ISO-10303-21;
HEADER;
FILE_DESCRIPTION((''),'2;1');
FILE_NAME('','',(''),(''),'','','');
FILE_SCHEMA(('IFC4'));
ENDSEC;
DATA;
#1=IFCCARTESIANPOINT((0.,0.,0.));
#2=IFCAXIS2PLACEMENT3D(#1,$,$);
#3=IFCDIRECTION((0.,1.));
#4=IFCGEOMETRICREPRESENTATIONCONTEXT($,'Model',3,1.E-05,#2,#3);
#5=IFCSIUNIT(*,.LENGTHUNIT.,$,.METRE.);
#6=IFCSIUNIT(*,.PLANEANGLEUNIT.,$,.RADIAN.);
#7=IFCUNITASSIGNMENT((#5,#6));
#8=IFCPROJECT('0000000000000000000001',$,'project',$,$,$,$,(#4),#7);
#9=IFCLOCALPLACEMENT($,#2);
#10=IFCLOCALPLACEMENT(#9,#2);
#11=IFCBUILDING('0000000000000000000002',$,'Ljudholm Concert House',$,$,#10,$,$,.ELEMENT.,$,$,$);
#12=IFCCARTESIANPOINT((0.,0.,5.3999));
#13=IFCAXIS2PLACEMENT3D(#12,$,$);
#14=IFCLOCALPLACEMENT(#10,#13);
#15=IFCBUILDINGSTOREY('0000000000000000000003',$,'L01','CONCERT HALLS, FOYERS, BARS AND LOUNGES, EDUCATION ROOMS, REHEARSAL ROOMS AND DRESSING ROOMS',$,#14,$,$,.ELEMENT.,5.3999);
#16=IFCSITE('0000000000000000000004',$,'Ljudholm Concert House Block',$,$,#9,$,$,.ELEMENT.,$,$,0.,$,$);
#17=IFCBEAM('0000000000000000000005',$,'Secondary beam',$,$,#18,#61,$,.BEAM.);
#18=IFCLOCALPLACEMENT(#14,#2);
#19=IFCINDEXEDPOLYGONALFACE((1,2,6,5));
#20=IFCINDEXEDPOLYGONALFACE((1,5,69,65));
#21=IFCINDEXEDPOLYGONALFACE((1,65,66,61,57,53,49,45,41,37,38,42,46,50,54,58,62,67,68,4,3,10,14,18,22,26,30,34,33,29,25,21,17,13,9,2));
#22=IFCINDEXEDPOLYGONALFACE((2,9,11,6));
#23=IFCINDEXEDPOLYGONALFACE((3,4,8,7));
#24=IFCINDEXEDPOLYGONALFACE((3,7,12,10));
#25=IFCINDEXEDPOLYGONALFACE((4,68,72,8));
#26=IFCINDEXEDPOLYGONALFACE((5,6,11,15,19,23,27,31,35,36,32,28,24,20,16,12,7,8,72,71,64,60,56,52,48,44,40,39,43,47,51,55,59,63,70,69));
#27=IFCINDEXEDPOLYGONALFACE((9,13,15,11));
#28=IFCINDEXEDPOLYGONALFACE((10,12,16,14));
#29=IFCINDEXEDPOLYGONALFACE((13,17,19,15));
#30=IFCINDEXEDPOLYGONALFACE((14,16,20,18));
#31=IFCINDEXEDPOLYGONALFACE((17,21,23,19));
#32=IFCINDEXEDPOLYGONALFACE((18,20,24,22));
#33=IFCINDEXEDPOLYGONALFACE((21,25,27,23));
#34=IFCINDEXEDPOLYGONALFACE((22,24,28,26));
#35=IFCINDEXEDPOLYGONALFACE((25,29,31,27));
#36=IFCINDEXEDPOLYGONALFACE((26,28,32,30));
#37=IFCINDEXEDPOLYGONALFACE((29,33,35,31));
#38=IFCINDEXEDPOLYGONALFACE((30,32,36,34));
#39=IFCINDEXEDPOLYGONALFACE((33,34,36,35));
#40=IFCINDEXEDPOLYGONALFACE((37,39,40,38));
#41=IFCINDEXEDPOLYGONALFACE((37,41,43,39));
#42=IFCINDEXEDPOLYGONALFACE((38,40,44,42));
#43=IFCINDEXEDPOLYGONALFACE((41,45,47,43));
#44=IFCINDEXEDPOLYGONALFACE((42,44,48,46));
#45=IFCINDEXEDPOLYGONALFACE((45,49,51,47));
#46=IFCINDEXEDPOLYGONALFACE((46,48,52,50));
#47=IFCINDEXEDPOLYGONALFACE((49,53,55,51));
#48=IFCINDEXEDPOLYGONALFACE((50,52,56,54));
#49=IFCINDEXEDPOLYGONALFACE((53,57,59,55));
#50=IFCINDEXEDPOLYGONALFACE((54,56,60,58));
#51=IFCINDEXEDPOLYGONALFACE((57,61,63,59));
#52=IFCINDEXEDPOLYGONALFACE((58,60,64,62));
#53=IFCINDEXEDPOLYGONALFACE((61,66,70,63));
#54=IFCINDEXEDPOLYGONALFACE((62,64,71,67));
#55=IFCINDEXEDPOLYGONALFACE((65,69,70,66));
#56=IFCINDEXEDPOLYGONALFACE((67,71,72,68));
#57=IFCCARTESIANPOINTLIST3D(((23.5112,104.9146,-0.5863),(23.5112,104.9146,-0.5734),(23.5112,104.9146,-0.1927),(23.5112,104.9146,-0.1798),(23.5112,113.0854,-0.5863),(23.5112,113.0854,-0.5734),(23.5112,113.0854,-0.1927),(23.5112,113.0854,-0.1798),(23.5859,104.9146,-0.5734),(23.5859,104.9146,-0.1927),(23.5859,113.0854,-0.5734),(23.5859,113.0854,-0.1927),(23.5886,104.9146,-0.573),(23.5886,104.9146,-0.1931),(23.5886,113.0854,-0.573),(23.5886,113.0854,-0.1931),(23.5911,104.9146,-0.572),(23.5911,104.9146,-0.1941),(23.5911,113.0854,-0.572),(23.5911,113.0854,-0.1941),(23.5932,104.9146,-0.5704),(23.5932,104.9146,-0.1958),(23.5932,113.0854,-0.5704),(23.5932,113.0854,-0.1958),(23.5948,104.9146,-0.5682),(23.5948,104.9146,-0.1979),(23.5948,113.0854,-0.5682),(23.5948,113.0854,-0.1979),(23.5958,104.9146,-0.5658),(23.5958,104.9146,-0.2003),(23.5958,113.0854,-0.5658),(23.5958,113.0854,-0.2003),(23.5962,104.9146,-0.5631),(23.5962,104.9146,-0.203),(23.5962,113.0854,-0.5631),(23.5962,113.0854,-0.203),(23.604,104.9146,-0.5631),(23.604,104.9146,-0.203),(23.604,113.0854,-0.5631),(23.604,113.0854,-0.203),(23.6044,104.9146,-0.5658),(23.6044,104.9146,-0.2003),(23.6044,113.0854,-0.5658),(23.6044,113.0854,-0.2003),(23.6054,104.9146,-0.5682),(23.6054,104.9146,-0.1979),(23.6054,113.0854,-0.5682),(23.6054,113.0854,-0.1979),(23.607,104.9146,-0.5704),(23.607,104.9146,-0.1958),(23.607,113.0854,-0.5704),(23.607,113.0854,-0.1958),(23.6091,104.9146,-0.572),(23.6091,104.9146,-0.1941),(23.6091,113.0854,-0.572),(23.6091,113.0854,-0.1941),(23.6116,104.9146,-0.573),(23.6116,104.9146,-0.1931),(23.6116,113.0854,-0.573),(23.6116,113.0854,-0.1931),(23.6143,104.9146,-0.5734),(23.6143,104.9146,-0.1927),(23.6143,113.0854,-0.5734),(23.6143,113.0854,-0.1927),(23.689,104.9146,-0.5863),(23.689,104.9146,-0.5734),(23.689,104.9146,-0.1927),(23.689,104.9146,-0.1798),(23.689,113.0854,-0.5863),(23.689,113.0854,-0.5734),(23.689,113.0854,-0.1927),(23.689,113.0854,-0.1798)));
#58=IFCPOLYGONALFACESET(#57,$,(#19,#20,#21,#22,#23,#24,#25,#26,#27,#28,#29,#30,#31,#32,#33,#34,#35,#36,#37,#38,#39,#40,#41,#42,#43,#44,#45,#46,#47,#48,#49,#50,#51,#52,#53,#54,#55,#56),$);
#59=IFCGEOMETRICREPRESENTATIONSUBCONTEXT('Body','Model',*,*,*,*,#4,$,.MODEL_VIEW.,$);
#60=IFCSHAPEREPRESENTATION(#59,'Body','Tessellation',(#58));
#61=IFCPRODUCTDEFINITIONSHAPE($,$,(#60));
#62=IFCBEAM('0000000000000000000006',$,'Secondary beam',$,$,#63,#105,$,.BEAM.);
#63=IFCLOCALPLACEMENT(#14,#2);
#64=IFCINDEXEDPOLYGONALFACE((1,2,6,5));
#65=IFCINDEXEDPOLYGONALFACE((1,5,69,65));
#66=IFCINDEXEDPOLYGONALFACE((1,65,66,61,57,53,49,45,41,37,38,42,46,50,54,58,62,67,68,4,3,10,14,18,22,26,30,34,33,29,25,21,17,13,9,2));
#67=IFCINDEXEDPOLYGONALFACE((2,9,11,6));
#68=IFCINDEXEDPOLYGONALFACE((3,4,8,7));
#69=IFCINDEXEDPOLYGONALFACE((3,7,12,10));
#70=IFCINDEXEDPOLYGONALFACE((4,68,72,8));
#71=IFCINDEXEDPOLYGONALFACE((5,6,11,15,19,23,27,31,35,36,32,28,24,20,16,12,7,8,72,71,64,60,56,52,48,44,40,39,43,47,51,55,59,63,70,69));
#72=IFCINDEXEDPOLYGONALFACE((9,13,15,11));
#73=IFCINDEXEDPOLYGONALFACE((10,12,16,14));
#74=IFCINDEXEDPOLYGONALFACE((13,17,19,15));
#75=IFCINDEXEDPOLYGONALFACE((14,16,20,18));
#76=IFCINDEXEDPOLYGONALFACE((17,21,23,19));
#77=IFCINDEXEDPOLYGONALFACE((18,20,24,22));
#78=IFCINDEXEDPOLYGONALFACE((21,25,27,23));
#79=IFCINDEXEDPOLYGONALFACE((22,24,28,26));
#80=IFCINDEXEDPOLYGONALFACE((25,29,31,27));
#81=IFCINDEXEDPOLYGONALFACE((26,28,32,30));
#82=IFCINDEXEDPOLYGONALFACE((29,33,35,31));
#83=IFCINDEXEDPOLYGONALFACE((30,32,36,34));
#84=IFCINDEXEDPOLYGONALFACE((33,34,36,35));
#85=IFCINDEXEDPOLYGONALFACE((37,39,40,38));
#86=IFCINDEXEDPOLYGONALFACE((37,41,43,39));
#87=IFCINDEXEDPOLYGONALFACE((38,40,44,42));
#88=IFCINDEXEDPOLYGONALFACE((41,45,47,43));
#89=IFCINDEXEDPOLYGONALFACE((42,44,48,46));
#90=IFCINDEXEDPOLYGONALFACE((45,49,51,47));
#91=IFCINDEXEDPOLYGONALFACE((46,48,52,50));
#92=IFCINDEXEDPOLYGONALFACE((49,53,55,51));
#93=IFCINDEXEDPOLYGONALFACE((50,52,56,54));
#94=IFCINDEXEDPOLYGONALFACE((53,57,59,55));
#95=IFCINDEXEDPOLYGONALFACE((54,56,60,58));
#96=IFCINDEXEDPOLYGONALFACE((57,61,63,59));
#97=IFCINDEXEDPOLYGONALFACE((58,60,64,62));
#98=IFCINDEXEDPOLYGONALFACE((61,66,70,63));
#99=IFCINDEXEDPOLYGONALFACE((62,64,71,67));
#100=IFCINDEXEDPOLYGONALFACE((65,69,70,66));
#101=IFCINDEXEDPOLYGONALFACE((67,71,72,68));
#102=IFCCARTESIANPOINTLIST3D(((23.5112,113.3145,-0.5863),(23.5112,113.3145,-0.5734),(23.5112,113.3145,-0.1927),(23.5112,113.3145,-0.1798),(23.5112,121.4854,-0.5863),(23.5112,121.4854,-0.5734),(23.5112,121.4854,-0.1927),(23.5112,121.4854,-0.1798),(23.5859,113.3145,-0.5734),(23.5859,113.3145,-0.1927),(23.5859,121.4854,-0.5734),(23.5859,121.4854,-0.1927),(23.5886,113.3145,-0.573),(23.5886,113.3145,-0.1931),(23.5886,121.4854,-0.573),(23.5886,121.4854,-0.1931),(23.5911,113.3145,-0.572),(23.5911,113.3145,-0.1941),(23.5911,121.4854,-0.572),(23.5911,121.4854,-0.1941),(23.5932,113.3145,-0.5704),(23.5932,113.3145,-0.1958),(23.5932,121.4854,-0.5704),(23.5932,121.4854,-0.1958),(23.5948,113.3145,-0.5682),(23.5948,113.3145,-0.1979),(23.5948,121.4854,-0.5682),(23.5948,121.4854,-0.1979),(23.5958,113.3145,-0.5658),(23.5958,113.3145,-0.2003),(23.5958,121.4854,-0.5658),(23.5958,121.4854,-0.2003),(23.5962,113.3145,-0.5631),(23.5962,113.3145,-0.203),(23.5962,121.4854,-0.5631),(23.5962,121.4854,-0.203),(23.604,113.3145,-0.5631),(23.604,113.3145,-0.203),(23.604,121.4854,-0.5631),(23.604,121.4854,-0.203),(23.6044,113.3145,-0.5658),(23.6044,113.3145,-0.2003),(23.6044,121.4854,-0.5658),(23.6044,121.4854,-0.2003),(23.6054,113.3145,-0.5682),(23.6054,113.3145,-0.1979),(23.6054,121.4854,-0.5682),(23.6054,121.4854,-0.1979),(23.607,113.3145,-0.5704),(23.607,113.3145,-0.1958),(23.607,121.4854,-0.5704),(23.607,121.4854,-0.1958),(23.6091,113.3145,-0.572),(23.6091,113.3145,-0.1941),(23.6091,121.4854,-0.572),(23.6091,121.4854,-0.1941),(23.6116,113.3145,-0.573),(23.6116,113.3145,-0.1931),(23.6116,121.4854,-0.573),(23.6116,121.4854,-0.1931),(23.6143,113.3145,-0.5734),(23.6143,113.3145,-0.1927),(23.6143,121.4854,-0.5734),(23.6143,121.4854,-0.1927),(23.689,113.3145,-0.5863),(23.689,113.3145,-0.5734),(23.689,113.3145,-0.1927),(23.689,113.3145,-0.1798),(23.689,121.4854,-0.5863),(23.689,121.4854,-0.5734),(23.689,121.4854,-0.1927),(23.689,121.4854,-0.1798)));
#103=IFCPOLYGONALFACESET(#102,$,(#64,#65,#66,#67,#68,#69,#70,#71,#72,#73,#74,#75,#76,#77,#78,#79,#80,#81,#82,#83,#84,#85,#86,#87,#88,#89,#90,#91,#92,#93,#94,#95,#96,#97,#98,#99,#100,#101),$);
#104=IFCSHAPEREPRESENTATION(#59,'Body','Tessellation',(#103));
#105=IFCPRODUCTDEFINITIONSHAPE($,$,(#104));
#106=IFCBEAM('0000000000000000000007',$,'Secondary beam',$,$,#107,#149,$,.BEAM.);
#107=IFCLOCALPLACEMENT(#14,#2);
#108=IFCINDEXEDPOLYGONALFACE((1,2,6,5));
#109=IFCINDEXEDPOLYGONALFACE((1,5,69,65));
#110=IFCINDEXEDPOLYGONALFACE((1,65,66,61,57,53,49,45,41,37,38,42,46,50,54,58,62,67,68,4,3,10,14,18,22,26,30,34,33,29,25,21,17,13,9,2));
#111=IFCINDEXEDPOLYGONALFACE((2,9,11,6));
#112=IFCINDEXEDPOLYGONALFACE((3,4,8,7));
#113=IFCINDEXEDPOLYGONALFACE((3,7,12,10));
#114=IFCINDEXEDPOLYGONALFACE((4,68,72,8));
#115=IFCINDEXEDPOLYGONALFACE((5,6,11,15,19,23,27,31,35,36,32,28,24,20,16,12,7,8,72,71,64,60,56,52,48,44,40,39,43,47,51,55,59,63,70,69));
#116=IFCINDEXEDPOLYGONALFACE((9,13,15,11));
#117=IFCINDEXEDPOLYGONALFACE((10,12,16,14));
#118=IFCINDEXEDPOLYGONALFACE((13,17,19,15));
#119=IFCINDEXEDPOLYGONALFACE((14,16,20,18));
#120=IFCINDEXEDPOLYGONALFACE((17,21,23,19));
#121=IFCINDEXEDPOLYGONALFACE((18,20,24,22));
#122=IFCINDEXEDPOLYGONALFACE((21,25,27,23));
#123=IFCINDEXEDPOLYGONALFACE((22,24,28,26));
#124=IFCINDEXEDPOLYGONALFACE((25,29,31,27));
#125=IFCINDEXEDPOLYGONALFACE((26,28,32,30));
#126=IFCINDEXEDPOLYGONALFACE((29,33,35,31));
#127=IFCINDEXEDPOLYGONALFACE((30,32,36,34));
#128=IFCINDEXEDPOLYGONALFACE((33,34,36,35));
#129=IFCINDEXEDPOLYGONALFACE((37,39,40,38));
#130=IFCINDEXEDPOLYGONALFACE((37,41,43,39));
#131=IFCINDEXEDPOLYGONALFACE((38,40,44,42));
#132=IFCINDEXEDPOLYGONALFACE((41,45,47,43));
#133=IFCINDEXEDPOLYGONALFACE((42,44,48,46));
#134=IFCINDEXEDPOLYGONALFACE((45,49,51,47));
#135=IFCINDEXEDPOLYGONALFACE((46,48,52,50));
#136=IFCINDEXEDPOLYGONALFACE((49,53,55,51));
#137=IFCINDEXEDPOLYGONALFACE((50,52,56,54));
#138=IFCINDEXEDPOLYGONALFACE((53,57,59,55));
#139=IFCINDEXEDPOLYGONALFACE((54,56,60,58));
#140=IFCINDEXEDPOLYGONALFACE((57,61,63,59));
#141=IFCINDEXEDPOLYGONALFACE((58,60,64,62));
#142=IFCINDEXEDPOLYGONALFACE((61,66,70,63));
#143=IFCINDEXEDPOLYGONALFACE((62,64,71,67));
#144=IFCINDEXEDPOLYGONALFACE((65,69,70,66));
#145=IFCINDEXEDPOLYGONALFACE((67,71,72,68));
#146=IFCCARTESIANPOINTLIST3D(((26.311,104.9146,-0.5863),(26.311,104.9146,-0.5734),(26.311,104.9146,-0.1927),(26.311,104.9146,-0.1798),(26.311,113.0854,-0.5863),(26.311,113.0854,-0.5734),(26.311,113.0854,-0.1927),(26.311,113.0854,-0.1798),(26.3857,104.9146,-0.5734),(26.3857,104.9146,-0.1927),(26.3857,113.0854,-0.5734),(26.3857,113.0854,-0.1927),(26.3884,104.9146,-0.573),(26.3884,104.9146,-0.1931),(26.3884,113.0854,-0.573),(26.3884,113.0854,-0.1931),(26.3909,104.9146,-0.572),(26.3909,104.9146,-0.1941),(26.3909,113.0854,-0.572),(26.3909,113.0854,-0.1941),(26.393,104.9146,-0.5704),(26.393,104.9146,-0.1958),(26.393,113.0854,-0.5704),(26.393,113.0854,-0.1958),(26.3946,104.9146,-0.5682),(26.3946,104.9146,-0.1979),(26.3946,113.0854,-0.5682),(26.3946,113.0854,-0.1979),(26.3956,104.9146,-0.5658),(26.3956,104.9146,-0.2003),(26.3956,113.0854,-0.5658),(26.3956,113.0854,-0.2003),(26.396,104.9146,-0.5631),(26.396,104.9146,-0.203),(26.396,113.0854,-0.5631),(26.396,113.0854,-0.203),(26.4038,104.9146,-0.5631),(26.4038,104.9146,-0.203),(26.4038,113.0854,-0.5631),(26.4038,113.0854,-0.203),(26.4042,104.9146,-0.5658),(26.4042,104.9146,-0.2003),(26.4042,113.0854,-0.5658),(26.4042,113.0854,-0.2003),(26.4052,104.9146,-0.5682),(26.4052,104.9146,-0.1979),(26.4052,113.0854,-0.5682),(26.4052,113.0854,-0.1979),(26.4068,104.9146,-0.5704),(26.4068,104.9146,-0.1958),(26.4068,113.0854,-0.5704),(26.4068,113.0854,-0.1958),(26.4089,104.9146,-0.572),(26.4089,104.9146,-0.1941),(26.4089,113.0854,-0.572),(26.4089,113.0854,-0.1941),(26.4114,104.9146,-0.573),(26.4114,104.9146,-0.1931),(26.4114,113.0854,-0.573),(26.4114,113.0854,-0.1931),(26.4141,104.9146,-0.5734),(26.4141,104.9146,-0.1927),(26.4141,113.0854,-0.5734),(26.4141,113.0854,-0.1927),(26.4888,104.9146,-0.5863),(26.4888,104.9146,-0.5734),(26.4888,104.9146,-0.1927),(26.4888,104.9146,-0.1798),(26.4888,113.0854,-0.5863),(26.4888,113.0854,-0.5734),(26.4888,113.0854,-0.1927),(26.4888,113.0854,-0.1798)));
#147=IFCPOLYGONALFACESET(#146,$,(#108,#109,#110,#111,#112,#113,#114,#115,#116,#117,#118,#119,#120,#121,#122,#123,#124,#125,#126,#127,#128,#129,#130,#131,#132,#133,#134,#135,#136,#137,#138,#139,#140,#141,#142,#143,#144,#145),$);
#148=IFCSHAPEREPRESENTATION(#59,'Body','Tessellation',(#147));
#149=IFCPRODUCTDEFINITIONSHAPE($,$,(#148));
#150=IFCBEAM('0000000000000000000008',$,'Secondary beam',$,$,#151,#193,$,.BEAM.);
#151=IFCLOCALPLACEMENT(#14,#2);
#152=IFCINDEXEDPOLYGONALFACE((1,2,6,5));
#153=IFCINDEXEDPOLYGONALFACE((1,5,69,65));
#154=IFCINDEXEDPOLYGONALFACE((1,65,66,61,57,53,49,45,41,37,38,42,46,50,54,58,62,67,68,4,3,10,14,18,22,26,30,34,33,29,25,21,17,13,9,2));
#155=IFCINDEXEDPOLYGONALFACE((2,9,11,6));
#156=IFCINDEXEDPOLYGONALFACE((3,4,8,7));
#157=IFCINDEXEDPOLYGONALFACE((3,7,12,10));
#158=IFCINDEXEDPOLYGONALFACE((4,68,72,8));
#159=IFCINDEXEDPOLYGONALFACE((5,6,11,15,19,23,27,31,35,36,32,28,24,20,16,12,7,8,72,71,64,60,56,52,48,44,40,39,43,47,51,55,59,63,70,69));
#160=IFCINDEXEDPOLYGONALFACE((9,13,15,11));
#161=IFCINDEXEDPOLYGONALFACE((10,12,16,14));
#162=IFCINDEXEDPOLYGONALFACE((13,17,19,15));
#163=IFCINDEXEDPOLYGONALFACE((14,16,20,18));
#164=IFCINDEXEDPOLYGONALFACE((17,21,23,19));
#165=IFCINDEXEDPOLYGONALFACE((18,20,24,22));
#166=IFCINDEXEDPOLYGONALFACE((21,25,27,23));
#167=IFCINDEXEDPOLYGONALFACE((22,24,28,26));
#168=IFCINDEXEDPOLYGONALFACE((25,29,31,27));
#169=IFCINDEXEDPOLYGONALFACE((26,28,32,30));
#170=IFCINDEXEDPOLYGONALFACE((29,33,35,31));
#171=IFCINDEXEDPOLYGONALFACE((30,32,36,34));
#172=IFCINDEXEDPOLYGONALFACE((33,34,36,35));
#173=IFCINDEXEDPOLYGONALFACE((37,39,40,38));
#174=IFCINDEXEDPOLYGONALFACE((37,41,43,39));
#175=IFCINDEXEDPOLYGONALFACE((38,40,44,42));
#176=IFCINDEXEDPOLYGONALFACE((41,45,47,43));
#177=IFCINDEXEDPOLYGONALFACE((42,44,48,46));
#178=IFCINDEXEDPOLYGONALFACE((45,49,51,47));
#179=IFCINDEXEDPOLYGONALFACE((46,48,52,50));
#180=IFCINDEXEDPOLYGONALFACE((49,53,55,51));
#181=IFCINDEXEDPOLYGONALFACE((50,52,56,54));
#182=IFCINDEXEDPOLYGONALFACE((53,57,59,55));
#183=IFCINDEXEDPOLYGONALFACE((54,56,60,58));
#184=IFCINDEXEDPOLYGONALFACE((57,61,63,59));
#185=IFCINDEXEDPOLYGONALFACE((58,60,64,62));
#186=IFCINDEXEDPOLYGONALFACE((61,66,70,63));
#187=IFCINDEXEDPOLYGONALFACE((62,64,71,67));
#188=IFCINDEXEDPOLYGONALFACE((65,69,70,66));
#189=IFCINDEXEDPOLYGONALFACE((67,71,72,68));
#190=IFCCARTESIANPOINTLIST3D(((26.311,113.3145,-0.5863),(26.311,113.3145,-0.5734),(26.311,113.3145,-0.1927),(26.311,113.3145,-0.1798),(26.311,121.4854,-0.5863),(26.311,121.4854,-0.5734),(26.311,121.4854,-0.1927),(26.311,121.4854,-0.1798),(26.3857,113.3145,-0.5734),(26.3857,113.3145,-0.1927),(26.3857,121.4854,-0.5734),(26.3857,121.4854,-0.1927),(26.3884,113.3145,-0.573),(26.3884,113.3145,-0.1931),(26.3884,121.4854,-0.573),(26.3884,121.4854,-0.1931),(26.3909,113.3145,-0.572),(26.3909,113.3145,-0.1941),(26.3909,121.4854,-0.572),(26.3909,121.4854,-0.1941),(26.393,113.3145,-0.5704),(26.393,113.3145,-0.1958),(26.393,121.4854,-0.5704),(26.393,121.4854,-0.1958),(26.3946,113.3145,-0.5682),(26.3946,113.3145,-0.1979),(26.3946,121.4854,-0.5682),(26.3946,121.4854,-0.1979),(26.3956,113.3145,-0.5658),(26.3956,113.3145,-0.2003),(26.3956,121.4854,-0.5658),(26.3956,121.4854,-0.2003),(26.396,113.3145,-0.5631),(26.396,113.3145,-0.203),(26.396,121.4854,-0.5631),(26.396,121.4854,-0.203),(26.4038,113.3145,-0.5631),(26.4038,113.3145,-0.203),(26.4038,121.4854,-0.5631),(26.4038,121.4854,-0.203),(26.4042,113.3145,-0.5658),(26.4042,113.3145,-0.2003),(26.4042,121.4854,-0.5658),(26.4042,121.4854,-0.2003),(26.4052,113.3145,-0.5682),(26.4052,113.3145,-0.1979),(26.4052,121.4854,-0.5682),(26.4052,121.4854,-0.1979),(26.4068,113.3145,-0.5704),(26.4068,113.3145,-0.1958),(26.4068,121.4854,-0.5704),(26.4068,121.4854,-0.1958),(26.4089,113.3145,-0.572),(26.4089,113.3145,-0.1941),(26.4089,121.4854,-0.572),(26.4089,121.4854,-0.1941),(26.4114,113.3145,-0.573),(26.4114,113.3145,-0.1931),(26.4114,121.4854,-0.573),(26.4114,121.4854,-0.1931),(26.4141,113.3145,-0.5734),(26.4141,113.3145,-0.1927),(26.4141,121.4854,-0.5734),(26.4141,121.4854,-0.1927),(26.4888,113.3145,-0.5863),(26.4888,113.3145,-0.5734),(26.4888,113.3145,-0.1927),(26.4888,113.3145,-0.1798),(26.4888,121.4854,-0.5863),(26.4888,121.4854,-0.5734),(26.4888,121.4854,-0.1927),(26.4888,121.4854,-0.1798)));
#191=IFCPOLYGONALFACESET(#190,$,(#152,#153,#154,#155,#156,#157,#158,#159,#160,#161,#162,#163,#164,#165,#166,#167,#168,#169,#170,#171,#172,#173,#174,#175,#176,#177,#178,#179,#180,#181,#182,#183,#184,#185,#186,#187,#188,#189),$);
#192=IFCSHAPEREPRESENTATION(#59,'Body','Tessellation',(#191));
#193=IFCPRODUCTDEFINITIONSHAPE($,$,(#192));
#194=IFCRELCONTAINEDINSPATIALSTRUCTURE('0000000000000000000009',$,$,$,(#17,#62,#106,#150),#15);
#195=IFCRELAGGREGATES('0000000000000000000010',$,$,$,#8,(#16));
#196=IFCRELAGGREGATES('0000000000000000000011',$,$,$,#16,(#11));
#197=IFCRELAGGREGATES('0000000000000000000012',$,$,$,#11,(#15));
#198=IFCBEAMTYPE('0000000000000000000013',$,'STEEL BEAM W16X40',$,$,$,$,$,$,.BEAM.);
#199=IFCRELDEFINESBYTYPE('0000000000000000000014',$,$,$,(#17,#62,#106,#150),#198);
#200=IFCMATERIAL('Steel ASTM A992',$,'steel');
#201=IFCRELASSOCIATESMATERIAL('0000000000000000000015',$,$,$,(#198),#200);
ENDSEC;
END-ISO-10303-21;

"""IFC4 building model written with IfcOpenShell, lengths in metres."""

from ifc_helpers import new_model, si_unit, direction, frame, origin, origin_2d, place, context, subcontext, project, spatial, i_section, extrude, material, material_profile, profile_set, type_object, element, save


model = new_model("IFC4")

# Units and contexts
model_context = context("Model", 3, precision=1e-05, world=origin(), true_north=direction((0.0, 1.0)))
body_context = subcontext(model_context, "Body", "Model", "MODEL_VIEW")
ifc_project = project(units=[si_unit("LENGTHUNIT", "METRE"), si_unit("PLANEANGLEUNIT", "RADIAN")], contexts=[model_context])

# Site, building, storey
site_placement = place(None, origin())
site = spatial("IfcSite", under=ifc_project, at=site_placement, Name="Ljudholm Concert House Block", CompositionType="ELEMENT", RefElevation=0.0)
building_placement = place(site_placement, origin())
building = spatial("IfcBuilding", under=site, at=building_placement, Name="Ljudholm Concert House", CompositionType="ELEMENT")
storey_placement = place(building_placement, frame((0.0, 0.0, 5.3999)))
storey = spatial("IfcBuildingStorey", under=building, at=storey_placement, Name="L01", Description="CONCERT HALLS, FOYERS, BARS AND LOUNGES, EDUCATION ROOMS, REHEARSAL ROOMS AND DRESSING ROOMS", CompositionType="ELEMENT", Elevation=5.3999)

# Beams
ifc_material_1 = material(Name="Steel ASTM A992", Category="steel")
ifc_material_profile_1 = material_profile(ifc_material_1, i_section(OverallWidth=0.1777, OverallDepth=0.4065, WebThickness=0.0078, FlangeThickness=0.0129, FilletRadius=0.0103, at=origin_2d()), Name="W16X40")
ifc_profile_set_1 = profile_set([ifc_material_profile_1], Name="Steel ASTM A992")
beam_type_1 = type_object("IfcBeamType", Name="STEEL BEAM W16X40", PredefinedType="BEAM", material=ifc_profile_set_1)
for number, where, z_axis, x_axis, name in (
    (1, (23.6001, 104.9146, -0.3831), (0.0, 1.0, 0.0), (-1.0, 0.0, 0.0), "Secondary beam"),
    (2, (23.6001, 113.3145, -0.3831), (0.0, 1.0, 0.0), (-1.0, 0.0, 0.0), "Secondary beam"),
    (3, (26.3999, 104.9146, -0.3831), (0.0, 1.0, 0.0), (-1.0, 0.0, 0.0), "Secondary beam"),
    (4, (26.3999, 113.3145, -0.3831), (0.0, 1.0, 0.0), (-1.0, 0.0, 0.0), "Secondary beam"),
):
    element("IfcBeam", number, at=place(storey_placement, frame(where, z_axis=z_axis, x_axis=x_axis)), inside=storey, type_object=beam_type_1, Name=name, PredefinedType="BEAM", context=body_context, shape_type="SweptSolid", body=[
        extrude(i_section(OverallWidth=0.1777, OverallDepth=0.4065, WebThickness=0.0078, FlangeThickness=0.0129, FilletRadius=0.0103, at=origin_2d()), origin(), (0.0, 0.0, 1.0), 8.1709),
    ])

save(model, "model.ifc")
